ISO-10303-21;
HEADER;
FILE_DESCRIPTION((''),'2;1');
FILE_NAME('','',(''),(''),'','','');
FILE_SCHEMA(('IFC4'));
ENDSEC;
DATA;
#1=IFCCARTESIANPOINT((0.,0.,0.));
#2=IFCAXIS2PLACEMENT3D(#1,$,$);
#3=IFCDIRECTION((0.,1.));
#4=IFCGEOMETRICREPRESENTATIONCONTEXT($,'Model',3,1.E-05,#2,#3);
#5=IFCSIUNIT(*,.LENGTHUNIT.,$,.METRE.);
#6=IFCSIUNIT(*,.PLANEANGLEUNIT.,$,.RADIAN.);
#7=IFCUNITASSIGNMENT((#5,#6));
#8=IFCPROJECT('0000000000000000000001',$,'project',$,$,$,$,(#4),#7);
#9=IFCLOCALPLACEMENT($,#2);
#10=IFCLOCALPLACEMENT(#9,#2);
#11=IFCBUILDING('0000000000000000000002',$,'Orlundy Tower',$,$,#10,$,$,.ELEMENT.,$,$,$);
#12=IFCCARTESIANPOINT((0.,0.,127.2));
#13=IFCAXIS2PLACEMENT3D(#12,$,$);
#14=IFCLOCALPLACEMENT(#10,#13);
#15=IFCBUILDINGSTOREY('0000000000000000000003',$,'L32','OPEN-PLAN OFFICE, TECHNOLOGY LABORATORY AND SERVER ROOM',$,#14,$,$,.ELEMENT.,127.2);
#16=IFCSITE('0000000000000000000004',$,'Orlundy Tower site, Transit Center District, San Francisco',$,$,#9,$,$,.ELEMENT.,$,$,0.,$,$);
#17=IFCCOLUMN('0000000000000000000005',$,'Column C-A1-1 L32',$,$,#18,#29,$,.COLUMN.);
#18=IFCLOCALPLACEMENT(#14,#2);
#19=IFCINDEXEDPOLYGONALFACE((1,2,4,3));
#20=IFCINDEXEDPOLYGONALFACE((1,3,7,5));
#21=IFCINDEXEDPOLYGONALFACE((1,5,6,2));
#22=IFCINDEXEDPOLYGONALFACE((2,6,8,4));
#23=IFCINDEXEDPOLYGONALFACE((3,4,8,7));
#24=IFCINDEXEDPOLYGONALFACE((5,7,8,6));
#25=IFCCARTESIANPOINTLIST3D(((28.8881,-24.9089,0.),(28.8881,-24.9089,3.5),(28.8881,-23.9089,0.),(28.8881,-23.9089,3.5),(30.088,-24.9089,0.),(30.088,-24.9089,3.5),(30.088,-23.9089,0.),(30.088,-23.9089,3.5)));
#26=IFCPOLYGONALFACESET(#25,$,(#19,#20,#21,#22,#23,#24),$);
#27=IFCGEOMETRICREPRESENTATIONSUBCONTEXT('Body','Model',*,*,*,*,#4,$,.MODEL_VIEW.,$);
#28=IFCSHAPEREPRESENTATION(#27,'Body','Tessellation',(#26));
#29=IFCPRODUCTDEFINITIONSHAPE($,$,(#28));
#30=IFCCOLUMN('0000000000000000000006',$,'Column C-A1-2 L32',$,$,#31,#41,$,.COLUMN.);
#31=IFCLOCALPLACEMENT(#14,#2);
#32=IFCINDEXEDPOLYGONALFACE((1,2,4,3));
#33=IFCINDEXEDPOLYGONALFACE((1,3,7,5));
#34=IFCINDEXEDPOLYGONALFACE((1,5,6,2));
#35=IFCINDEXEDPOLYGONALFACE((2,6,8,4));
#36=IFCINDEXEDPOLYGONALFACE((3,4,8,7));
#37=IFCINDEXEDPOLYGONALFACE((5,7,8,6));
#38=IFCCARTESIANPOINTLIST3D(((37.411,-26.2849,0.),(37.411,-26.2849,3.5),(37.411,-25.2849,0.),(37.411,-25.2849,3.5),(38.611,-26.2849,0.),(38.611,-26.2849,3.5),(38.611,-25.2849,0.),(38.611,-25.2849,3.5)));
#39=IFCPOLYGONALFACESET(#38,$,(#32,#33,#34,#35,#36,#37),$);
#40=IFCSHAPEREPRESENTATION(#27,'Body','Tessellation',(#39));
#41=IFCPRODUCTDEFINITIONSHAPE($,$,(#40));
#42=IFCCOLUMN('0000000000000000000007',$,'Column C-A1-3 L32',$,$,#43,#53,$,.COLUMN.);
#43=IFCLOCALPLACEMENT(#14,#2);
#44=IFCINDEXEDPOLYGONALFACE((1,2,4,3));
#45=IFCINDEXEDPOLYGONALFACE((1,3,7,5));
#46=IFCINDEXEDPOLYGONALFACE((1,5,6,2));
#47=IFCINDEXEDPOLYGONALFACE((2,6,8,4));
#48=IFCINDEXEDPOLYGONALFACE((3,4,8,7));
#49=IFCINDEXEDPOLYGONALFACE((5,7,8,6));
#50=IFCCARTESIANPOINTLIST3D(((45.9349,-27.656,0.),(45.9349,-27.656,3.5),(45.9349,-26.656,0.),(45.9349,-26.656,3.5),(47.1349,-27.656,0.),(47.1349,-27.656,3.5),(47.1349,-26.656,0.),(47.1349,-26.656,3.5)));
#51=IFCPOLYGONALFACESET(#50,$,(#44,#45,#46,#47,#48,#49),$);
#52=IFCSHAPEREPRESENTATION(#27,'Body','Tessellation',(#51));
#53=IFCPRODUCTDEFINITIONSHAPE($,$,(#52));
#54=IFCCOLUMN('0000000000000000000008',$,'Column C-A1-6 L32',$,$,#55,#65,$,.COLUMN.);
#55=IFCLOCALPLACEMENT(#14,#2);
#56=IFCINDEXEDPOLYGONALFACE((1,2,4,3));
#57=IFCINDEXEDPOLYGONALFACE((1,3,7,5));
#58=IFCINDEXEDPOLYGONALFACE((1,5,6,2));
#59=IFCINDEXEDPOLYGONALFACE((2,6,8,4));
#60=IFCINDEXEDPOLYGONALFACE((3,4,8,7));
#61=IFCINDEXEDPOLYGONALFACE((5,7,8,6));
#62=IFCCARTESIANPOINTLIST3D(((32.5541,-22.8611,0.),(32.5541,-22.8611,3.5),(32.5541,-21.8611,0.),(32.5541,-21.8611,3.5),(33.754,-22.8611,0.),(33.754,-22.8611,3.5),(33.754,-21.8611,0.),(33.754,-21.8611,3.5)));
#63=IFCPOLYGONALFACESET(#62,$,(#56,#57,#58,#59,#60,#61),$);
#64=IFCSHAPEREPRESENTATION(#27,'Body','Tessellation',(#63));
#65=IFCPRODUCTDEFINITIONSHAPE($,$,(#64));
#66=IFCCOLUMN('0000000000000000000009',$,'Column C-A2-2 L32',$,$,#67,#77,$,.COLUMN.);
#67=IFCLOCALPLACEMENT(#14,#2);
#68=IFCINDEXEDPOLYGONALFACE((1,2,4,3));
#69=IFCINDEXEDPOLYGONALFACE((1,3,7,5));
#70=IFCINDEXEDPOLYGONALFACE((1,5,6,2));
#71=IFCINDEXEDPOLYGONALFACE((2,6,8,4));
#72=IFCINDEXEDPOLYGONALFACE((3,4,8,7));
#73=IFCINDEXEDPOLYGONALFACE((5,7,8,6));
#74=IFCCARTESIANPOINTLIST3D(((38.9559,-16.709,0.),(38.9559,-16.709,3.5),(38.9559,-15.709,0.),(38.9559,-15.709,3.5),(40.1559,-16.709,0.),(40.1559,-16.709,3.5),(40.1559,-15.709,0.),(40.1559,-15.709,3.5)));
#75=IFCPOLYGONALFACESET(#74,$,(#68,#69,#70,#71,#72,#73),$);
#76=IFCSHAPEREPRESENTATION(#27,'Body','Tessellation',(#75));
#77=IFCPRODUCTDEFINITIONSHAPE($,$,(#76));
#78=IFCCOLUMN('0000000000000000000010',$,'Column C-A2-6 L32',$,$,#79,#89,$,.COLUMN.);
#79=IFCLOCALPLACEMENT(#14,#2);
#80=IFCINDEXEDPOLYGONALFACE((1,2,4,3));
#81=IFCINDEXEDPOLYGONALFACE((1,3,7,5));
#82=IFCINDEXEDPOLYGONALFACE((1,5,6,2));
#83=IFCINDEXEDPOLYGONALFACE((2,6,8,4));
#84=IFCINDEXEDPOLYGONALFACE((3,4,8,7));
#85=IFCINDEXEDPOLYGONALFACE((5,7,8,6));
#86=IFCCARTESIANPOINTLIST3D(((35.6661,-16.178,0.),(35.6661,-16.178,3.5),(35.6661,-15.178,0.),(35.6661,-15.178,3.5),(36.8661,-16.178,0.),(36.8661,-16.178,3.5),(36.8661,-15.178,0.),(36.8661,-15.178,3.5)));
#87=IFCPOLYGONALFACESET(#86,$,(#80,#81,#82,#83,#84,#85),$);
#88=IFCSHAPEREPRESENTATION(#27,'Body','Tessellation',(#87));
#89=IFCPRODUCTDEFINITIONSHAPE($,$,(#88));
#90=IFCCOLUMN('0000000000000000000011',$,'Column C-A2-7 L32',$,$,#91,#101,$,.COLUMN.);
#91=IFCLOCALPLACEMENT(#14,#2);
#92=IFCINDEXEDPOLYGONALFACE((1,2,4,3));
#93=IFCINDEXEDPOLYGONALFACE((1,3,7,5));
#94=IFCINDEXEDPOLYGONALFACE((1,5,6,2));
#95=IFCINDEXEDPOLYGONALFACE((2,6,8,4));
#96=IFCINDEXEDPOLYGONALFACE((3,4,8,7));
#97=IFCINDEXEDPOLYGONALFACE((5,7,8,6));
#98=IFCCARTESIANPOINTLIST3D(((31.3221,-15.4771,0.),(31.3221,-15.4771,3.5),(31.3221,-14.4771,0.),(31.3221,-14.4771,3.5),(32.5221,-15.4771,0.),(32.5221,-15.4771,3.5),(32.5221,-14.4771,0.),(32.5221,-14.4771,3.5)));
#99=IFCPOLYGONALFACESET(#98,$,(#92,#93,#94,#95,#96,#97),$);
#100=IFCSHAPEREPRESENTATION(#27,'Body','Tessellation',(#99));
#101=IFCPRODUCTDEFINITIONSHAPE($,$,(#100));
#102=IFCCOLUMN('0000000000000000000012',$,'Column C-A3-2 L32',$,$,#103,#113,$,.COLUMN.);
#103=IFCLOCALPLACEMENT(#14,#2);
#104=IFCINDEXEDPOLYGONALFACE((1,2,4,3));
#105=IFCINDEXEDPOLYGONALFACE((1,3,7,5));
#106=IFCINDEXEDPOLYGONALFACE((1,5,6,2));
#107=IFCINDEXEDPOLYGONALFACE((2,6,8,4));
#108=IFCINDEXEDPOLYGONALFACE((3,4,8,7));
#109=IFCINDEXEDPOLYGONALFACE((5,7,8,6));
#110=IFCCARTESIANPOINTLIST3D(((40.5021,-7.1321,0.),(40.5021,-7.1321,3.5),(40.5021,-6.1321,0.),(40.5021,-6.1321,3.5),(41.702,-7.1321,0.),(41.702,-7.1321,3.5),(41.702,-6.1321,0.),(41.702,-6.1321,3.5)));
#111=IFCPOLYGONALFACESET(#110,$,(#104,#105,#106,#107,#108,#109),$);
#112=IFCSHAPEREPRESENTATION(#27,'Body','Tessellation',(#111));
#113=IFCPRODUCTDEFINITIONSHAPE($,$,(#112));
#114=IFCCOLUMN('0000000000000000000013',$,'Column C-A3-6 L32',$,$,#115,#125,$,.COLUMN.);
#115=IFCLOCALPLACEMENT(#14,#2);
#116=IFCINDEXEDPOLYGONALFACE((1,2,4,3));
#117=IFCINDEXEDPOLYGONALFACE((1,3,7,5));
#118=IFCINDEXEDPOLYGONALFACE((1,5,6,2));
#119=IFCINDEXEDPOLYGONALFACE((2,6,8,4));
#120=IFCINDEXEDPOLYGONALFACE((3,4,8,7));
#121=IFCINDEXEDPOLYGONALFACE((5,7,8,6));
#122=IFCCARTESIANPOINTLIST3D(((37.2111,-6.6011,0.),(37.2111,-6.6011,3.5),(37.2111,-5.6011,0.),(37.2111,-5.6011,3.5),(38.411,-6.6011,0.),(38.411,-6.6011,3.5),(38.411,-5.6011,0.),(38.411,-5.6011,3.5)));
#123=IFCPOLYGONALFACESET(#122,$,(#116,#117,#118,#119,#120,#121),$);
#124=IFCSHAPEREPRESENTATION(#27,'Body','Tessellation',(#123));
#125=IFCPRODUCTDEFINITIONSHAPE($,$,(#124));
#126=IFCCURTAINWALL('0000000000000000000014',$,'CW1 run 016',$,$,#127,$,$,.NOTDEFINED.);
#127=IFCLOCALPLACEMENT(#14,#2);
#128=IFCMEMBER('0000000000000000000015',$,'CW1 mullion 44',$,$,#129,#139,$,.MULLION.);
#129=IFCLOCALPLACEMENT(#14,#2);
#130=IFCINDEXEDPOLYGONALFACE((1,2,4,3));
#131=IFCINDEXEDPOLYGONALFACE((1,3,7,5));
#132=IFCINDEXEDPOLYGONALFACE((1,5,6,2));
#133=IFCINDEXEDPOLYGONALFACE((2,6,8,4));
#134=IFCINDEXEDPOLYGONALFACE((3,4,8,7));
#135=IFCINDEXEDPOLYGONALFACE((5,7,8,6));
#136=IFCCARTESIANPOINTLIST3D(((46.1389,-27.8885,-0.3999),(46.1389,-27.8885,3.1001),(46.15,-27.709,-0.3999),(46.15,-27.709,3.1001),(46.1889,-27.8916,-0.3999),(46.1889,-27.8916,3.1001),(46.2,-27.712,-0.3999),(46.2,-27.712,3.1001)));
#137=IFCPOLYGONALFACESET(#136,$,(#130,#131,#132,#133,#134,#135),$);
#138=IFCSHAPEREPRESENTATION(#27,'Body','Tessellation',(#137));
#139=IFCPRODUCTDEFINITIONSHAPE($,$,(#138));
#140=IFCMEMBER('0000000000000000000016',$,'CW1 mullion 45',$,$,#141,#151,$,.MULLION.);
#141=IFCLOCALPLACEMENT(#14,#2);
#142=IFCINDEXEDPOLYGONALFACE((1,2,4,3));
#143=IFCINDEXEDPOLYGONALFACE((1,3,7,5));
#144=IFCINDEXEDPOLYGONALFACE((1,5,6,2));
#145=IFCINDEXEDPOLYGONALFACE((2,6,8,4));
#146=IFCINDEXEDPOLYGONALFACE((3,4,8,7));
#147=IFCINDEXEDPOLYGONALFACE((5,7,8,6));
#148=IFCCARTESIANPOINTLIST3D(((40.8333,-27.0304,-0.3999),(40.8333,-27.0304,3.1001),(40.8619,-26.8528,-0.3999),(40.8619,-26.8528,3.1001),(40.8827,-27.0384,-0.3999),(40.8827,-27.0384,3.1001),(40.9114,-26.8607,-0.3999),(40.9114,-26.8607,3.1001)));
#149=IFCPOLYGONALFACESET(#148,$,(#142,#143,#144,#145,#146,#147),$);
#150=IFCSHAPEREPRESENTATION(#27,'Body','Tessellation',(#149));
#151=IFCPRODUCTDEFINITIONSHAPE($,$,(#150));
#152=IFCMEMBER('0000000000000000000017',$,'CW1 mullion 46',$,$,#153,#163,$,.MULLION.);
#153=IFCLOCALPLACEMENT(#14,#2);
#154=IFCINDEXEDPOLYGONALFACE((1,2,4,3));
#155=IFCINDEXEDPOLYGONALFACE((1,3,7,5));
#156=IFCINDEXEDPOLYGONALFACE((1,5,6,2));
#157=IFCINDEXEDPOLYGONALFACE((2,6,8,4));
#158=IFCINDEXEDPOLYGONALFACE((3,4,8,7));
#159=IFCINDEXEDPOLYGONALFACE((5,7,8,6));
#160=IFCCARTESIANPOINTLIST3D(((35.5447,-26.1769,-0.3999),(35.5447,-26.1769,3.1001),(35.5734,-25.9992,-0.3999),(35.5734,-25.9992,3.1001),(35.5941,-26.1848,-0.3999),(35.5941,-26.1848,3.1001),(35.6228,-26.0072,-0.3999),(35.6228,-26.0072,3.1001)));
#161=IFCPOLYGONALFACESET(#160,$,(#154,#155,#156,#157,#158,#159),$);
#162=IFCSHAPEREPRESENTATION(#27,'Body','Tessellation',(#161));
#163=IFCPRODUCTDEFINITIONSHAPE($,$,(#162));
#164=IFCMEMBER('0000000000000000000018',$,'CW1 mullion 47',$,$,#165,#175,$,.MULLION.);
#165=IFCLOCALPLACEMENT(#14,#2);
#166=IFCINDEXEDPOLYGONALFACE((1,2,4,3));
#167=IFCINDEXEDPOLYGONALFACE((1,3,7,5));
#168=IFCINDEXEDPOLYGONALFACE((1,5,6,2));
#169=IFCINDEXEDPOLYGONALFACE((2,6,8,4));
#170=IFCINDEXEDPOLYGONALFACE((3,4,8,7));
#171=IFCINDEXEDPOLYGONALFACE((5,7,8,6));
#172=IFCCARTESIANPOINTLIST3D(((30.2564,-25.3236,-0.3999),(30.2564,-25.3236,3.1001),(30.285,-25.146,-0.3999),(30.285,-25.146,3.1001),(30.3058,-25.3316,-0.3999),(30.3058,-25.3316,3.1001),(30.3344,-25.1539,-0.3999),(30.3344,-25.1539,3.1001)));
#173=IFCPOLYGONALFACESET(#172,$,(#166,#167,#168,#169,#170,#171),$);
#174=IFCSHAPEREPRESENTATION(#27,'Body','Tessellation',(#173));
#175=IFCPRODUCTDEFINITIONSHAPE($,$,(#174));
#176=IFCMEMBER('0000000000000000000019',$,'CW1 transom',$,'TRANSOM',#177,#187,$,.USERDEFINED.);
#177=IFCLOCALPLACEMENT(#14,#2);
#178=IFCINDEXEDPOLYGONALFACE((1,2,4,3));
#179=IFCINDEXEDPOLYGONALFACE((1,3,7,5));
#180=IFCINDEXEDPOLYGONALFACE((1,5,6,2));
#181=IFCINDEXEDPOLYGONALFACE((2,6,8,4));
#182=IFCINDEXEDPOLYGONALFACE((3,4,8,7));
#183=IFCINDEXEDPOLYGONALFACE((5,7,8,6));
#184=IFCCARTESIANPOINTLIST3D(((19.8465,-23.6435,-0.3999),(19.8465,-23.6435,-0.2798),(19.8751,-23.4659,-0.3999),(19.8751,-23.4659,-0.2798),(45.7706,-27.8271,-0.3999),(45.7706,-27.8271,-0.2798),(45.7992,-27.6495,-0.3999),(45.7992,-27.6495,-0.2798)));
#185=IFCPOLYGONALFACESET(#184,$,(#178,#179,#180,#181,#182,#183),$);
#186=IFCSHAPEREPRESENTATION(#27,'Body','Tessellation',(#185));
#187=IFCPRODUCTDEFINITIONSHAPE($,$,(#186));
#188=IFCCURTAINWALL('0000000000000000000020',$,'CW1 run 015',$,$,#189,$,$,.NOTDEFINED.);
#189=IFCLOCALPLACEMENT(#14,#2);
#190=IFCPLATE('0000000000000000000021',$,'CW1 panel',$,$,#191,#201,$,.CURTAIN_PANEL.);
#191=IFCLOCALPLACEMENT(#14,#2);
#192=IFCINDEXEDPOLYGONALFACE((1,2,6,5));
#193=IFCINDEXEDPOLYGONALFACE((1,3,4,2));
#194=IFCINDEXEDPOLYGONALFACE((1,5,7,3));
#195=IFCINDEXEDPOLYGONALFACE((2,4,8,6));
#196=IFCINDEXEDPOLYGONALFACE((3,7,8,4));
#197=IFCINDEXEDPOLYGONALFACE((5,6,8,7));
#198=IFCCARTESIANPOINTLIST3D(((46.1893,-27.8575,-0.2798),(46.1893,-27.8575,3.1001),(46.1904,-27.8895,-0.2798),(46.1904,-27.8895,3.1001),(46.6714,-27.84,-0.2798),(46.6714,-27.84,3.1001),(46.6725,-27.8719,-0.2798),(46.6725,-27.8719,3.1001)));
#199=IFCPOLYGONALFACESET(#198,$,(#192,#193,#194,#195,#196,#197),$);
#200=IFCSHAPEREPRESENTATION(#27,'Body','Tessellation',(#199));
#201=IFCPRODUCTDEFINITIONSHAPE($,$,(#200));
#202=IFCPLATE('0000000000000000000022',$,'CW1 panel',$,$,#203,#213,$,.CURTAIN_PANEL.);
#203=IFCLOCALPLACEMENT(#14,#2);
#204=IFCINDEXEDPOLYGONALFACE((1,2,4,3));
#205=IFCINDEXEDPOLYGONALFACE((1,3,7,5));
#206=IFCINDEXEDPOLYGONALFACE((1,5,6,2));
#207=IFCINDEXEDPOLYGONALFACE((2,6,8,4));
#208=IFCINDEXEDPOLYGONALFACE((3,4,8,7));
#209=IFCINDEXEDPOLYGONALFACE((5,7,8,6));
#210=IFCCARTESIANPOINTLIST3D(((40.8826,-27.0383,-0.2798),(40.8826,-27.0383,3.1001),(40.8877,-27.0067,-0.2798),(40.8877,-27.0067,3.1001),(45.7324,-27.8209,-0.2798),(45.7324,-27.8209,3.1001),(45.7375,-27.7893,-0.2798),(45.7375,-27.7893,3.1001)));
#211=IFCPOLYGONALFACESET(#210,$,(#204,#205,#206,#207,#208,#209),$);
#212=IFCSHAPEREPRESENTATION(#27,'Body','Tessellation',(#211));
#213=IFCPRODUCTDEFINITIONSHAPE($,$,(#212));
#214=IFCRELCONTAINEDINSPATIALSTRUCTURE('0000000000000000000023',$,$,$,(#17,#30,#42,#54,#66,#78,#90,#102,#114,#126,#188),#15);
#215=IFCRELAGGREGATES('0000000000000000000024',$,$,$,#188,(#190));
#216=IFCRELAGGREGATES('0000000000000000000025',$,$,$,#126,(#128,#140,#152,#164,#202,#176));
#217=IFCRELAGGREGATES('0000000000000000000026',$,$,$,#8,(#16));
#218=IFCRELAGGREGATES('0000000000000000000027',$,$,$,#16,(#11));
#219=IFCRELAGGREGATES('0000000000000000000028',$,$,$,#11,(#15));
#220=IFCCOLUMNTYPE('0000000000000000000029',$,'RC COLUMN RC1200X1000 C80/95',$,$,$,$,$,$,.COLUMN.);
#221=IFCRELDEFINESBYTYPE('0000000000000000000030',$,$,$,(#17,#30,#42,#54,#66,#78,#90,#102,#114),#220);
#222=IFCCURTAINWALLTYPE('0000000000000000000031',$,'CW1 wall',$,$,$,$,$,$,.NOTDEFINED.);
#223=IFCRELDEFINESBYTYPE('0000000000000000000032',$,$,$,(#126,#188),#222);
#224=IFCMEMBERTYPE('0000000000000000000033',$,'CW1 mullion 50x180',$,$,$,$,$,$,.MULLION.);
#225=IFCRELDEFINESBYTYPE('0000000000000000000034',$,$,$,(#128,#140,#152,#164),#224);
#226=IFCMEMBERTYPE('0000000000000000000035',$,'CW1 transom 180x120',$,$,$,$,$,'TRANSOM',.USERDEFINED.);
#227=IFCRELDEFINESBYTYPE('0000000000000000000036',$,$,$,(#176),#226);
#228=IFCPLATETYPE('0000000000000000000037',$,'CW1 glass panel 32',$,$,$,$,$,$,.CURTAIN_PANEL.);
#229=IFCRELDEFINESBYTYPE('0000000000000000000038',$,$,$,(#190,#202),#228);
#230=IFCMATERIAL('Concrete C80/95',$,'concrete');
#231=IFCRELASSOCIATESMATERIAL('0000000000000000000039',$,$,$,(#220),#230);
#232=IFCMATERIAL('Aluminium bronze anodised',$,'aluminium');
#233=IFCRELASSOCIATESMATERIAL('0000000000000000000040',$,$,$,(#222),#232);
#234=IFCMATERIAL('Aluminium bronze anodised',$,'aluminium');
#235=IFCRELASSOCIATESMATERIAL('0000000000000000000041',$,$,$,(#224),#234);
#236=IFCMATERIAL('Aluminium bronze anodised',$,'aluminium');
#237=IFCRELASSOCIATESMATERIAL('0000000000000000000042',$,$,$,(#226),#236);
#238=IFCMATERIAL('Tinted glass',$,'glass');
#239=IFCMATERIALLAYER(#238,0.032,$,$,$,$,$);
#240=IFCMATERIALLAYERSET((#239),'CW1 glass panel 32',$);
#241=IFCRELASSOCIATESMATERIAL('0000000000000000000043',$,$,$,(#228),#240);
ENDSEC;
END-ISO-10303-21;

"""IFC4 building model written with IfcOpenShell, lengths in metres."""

from ifc_helpers import new_model, si_unit, direction, frame, origin, origin_2d, place, context, subcontext, project, spatial, rectangle, extrude, material, layer, layer_set, material_profile, profile_set, type_object, element, aggregate, save


model = new_model("IFC4")

# Units and contexts
model_context = context("Model", 3, precision=1e-05, world=origin(), true_north=direction((0.0, 1.0)))
body_context = subcontext(model_context, "Body", "Model", "MODEL_VIEW")
ifc_project = project(units=[si_unit("LENGTHUNIT", "METRE"), si_unit("PLANEANGLEUNIT", "RADIAN")], contexts=[model_context])

# Site, building, storey
site_placement = place(None, origin())
site = spatial("IfcSite", under=ifc_project, at=site_placement, Name="Orlundy Tower site, Transit Center District, San Francisco", CompositionType="ELEMENT", RefElevation=0.0)
building_placement = place(site_placement, origin())
building = spatial("IfcBuilding", under=site, at=building_placement, Name="Orlundy Tower", CompositionType="ELEMENT")
storey_placement = place(building_placement, frame((0.0, 0.0, 127.2)))
storey = spatial("IfcBuildingStorey", under=building, at=storey_placement, Name="L32", Description="OPEN-PLAN OFFICE, TECHNOLOGY LABORATORY AND SERVER ROOM", CompositionType="ELEMENT", Elevation=127.2)

# Columns
ifc_material_1 = material(Name="Concrete C80/95", Category="concrete")
ifc_material_profile_1 = material_profile(ifc_material_1, rectangle(XDim=1.2, YDim=1.0, at=origin_2d()), Name="RC1200X1000")
ifc_profile_set_1 = profile_set([ifc_material_profile_1], Name="Concrete C80/95")
column_type = type_object("IfcColumnType", Name="RC COLUMN RC1200X1000 C80/95", PredefinedType="COLUMN", material=ifc_profile_set_1)
for number, where, z_axis, x_axis, name in (
    (1, (29.488, -24.4089, 0.0), (0.0, 0.0, 1.0), (1.0, 0.0, 0.0), "Column C-A1-1 L32"),
    (2, (38.011, -25.7849, 0.0), (0.0, 0.0, 1.0), (1.0, 0.0, 0.0), "Column C-A1-2 L32"),
    (3, (46.5349, -27.156, 0.0), (0.0, 0.0, 1.0), (1.0, 0.0, 0.0), "Column C-A1-3 L32"),
    (4, (33.1541, -22.3611, 0.0), (0.0, 0.0, 1.0), (1.0, 0.0, 0.0), "Column C-A1-6 L32"),
    (5, (39.5559, -16.209, 0.0), (0.0, 0.0, 1.0), (1.0, 0.0, 0.0), "Column C-A2-2 L32"),
    (6, (36.2661, -15.678, 0.0), (0.0, 0.0, 1.0), (1.0, 0.0, 0.0), "Column C-A2-6 L32"),
    (7, (31.9221, -14.9771, 0.0), (0.0, 0.0, 1.0), (1.0, 0.0, 0.0), "Column C-A2-7 L32"),
    (8, (41.1021, -6.6321, 0.0), (0.0, 0.0, 1.0), (1.0, 0.0, 0.0), "Column C-A3-2 L32"),
    (9, (37.811, -6.1011, 0.0), (0.0, 0.0, 1.0), (1.0, 0.0, 0.0), "Column C-A3-6 L32"),
):
    element("IfcColumn", number, at=place(storey_placement, frame(where, z_axis=z_axis, x_axis=x_axis)), inside=storey, type_object=column_type, Name=name, PredefinedType="COLUMN", context=body_context, shape_type="SweptSolid", body=[
        extrude(rectangle(XDim=1.2, YDim=1.0, at=origin_2d()), origin(), (0.0, 0.0, 1.0), 3.5),
    ])

# Curtain wall, members
ifc_material_2 = material(Name="Aluminium bronze anodised", Category="aluminium")
curtain_wall_type = type_object("IfcCurtainWallType", Name="CW1 wall", PredefinedType="NOTDEFINED", material=ifc_material_2)
curtain_wall_1_placement = place(storey_placement, origin())
curtain_wall_1 = element("IfcCurtainWall", 10, at=curtain_wall_1_placement, inside=storey, type_object=curtain_wall_type, Name="CW1 run 016", PredefinedType="NOTDEFINED")
ifc_material_3 = material(Name="Aluminium bronze anodised", Category="aluminium")
ifc_material_profile_2 = material_profile(ifc_material_3, rectangle(XDim=0.1799, YDim=0.05, at=origin_2d()), Name="CW1 mullion 50x180")
ifc_profile_set_2 = profile_set([ifc_material_profile_2], Name="Aluminium bronze anodised")
member_type_1 = type_object("IfcMemberType", Name="CW1 mullion 50x180", PredefinedType="MULLION", material=ifc_profile_set_2)
member_1_placement = place(storey_placement, frame((46.1694, -27.8003, -0.3999), z_axis=(0.0, 0.0, 1.0), x_axis=(-0.061747, -0.998092, 0.0)))
member_1 = element("IfcMember", 11, at=member_1_placement, type_object=member_type_1, Name="CW1 mullion 44", PredefinedType="MULLION", context=body_context, shape_type="SweptSolid", body=[
    extrude(rectangle(XDim=0.1799, YDim=0.05, at=origin_2d()), origin(), (0.0, 0.0, 1.0), 3.5),
])
member_2_placement = place(storey_placement, frame((40.8723, -26.9456, -0.3999), z_axis=(0.0, 0.0, 1.0), x_axis=(-0.159311, -0.987228, 0.0)))
member_2 = element("IfcMember", 12, at=member_2_placement, type_object=member_type_1, Name="CW1 mullion 45", PredefinedType="MULLION", context=body_context, shape_type="SweptSolid", body=[
    extrude(rectangle(XDim=0.1799, YDim=0.05, at=origin_2d()), origin(), (0.0, 0.0, 1.0), 3.5),
])
member_3_placement = place(storey_placement, frame((35.5837, -26.092, -0.3999), z_axis=(0.0, 0.0, 1.0), x_axis=(-0.159311, -0.987228, 0.0)))
member_3 = element("IfcMember", 13, at=member_3_placement, type_object=member_type_1, Name="CW1 mullion 46", PredefinedType="MULLION", context=body_context, shape_type="SweptSolid", body=[
    extrude(rectangle(XDim=0.1799, YDim=0.05, at=origin_2d()), origin(), (0.0, 0.0, 1.0), 3.5),
])
member_4_placement = place(storey_placement, frame((30.2954, -25.2388, -0.3999), z_axis=(0.0, 0.0, 1.0), x_axis=(-0.159311, -0.987228, 0.0)))
member_4 = element("IfcMember", 14, at=member_4_placement, type_object=member_type_1, Name="CW1 mullion 47", PredefinedType="MULLION", context=body_context, shape_type="SweptSolid", body=[
    extrude(rectangle(XDim=0.1799, YDim=0.05, at=origin_2d()), origin(), (0.0, 0.0, 1.0), 3.5),
])
ifc_material_4 = material(Name="Aluminium bronze anodised", Category="aluminium")
ifc_material_profile_3 = material_profile(ifc_material_4, rectangle(XDim=0.1799, YDim=0.1201, at=origin_2d()), Name="CW1 transom 180x120")
ifc_profile_set_3 = profile_set([ifc_material_profile_3], Name="Aluminium bronze anodised")
member_type_2 = type_object("IfcMemberType", Name="CW1 transom 180x120", ElementType="TRANSOM", PredefinedType="USERDEFINED", material=ifc_profile_set_3)
member_5_placement = place(storey_placement, frame((45.7849, -27.7383, -0.3398), z_axis=(-0.987227, 0.159317, 0.0), x_axis=(-0.159317, -0.987227, 0.0)))
member_5 = element("IfcMember", 15, at=member_5_placement, type_object=member_type_2, Name="CW1 transom", ObjectType="TRANSOM", PredefinedType="USERDEFINED", context=body_context, shape_type="SweptSolid", body=[
    extrude(rectangle(XDim=0.1799, YDim=0.1201, at=origin_2d()), origin(), (0.0, 0.0, 1.0), 26.2595),
])

# Curtain wall, plate
curtain_wall_2_placement = place(storey_placement, origin())
curtain_wall_2 = element("IfcCurtainWall", 16, at=curtain_wall_2_placement, inside=storey, type_object=curtain_wall_type, Name="CW1 run 015", PredefinedType="NOTDEFINED")
ifc_material_5 = material(Name="Tinted glass", Category="glass")
ifc_layer_1 = layer(ifc_material_5, 0.032)
ifc_layer_set_1 = layer_set([ifc_layer_1], Name="CW1 glass panel 32")
plate_type = type_object("IfcPlateType", Name="CW1 glass panel 32", PredefinedType="CURTAIN_PANEL", material=ifc_layer_set_1)
plate_1_placement = place(storey_placement, frame((46.4309, -27.8647, -0.2798), z_axis=(0.0, 0.0, 1.0), x_axis=(-0.999337, -0.036413, 0.0)))
plate_1 = element("IfcPlate", 17, at=plate_1_placement, type_object=plate_type, Name="CW1 panel", PredefinedType="CURTAIN_PANEL", context=body_context, shape_type="SweptSolid", body=[
    extrude(rectangle(XDim=0.4824, YDim=0.032, at=origin_2d()), origin(), (0.0, 0.0, 1.0), 3.3799),
])
aggregate(curtain_wall_2, [plate_1])

# Plate
plate_2_placement = place(storey_placement, frame((43.3101, -27.4138, -0.2798), z_axis=(0.0, 0.0, 1.0), x_axis=(-0.987228, 0.159311, 0.0)))
plate_2 = element("IfcPlate", 18, at=plate_2_placement, type_object=plate_type, Name="CW1 panel", PredefinedType="CURTAIN_PANEL", context=body_context, shape_type="SweptSolid", body=[
    extrude(rectangle(XDim=4.9126, YDim=0.032, at=origin_2d()), origin(), (0.0, 0.0, 1.0), 3.3799),
])
aggregate(curtain_wall_1, [member_1, member_2, member_3, member_4, plate_2, member_5])

save(model, "model.ifc")
